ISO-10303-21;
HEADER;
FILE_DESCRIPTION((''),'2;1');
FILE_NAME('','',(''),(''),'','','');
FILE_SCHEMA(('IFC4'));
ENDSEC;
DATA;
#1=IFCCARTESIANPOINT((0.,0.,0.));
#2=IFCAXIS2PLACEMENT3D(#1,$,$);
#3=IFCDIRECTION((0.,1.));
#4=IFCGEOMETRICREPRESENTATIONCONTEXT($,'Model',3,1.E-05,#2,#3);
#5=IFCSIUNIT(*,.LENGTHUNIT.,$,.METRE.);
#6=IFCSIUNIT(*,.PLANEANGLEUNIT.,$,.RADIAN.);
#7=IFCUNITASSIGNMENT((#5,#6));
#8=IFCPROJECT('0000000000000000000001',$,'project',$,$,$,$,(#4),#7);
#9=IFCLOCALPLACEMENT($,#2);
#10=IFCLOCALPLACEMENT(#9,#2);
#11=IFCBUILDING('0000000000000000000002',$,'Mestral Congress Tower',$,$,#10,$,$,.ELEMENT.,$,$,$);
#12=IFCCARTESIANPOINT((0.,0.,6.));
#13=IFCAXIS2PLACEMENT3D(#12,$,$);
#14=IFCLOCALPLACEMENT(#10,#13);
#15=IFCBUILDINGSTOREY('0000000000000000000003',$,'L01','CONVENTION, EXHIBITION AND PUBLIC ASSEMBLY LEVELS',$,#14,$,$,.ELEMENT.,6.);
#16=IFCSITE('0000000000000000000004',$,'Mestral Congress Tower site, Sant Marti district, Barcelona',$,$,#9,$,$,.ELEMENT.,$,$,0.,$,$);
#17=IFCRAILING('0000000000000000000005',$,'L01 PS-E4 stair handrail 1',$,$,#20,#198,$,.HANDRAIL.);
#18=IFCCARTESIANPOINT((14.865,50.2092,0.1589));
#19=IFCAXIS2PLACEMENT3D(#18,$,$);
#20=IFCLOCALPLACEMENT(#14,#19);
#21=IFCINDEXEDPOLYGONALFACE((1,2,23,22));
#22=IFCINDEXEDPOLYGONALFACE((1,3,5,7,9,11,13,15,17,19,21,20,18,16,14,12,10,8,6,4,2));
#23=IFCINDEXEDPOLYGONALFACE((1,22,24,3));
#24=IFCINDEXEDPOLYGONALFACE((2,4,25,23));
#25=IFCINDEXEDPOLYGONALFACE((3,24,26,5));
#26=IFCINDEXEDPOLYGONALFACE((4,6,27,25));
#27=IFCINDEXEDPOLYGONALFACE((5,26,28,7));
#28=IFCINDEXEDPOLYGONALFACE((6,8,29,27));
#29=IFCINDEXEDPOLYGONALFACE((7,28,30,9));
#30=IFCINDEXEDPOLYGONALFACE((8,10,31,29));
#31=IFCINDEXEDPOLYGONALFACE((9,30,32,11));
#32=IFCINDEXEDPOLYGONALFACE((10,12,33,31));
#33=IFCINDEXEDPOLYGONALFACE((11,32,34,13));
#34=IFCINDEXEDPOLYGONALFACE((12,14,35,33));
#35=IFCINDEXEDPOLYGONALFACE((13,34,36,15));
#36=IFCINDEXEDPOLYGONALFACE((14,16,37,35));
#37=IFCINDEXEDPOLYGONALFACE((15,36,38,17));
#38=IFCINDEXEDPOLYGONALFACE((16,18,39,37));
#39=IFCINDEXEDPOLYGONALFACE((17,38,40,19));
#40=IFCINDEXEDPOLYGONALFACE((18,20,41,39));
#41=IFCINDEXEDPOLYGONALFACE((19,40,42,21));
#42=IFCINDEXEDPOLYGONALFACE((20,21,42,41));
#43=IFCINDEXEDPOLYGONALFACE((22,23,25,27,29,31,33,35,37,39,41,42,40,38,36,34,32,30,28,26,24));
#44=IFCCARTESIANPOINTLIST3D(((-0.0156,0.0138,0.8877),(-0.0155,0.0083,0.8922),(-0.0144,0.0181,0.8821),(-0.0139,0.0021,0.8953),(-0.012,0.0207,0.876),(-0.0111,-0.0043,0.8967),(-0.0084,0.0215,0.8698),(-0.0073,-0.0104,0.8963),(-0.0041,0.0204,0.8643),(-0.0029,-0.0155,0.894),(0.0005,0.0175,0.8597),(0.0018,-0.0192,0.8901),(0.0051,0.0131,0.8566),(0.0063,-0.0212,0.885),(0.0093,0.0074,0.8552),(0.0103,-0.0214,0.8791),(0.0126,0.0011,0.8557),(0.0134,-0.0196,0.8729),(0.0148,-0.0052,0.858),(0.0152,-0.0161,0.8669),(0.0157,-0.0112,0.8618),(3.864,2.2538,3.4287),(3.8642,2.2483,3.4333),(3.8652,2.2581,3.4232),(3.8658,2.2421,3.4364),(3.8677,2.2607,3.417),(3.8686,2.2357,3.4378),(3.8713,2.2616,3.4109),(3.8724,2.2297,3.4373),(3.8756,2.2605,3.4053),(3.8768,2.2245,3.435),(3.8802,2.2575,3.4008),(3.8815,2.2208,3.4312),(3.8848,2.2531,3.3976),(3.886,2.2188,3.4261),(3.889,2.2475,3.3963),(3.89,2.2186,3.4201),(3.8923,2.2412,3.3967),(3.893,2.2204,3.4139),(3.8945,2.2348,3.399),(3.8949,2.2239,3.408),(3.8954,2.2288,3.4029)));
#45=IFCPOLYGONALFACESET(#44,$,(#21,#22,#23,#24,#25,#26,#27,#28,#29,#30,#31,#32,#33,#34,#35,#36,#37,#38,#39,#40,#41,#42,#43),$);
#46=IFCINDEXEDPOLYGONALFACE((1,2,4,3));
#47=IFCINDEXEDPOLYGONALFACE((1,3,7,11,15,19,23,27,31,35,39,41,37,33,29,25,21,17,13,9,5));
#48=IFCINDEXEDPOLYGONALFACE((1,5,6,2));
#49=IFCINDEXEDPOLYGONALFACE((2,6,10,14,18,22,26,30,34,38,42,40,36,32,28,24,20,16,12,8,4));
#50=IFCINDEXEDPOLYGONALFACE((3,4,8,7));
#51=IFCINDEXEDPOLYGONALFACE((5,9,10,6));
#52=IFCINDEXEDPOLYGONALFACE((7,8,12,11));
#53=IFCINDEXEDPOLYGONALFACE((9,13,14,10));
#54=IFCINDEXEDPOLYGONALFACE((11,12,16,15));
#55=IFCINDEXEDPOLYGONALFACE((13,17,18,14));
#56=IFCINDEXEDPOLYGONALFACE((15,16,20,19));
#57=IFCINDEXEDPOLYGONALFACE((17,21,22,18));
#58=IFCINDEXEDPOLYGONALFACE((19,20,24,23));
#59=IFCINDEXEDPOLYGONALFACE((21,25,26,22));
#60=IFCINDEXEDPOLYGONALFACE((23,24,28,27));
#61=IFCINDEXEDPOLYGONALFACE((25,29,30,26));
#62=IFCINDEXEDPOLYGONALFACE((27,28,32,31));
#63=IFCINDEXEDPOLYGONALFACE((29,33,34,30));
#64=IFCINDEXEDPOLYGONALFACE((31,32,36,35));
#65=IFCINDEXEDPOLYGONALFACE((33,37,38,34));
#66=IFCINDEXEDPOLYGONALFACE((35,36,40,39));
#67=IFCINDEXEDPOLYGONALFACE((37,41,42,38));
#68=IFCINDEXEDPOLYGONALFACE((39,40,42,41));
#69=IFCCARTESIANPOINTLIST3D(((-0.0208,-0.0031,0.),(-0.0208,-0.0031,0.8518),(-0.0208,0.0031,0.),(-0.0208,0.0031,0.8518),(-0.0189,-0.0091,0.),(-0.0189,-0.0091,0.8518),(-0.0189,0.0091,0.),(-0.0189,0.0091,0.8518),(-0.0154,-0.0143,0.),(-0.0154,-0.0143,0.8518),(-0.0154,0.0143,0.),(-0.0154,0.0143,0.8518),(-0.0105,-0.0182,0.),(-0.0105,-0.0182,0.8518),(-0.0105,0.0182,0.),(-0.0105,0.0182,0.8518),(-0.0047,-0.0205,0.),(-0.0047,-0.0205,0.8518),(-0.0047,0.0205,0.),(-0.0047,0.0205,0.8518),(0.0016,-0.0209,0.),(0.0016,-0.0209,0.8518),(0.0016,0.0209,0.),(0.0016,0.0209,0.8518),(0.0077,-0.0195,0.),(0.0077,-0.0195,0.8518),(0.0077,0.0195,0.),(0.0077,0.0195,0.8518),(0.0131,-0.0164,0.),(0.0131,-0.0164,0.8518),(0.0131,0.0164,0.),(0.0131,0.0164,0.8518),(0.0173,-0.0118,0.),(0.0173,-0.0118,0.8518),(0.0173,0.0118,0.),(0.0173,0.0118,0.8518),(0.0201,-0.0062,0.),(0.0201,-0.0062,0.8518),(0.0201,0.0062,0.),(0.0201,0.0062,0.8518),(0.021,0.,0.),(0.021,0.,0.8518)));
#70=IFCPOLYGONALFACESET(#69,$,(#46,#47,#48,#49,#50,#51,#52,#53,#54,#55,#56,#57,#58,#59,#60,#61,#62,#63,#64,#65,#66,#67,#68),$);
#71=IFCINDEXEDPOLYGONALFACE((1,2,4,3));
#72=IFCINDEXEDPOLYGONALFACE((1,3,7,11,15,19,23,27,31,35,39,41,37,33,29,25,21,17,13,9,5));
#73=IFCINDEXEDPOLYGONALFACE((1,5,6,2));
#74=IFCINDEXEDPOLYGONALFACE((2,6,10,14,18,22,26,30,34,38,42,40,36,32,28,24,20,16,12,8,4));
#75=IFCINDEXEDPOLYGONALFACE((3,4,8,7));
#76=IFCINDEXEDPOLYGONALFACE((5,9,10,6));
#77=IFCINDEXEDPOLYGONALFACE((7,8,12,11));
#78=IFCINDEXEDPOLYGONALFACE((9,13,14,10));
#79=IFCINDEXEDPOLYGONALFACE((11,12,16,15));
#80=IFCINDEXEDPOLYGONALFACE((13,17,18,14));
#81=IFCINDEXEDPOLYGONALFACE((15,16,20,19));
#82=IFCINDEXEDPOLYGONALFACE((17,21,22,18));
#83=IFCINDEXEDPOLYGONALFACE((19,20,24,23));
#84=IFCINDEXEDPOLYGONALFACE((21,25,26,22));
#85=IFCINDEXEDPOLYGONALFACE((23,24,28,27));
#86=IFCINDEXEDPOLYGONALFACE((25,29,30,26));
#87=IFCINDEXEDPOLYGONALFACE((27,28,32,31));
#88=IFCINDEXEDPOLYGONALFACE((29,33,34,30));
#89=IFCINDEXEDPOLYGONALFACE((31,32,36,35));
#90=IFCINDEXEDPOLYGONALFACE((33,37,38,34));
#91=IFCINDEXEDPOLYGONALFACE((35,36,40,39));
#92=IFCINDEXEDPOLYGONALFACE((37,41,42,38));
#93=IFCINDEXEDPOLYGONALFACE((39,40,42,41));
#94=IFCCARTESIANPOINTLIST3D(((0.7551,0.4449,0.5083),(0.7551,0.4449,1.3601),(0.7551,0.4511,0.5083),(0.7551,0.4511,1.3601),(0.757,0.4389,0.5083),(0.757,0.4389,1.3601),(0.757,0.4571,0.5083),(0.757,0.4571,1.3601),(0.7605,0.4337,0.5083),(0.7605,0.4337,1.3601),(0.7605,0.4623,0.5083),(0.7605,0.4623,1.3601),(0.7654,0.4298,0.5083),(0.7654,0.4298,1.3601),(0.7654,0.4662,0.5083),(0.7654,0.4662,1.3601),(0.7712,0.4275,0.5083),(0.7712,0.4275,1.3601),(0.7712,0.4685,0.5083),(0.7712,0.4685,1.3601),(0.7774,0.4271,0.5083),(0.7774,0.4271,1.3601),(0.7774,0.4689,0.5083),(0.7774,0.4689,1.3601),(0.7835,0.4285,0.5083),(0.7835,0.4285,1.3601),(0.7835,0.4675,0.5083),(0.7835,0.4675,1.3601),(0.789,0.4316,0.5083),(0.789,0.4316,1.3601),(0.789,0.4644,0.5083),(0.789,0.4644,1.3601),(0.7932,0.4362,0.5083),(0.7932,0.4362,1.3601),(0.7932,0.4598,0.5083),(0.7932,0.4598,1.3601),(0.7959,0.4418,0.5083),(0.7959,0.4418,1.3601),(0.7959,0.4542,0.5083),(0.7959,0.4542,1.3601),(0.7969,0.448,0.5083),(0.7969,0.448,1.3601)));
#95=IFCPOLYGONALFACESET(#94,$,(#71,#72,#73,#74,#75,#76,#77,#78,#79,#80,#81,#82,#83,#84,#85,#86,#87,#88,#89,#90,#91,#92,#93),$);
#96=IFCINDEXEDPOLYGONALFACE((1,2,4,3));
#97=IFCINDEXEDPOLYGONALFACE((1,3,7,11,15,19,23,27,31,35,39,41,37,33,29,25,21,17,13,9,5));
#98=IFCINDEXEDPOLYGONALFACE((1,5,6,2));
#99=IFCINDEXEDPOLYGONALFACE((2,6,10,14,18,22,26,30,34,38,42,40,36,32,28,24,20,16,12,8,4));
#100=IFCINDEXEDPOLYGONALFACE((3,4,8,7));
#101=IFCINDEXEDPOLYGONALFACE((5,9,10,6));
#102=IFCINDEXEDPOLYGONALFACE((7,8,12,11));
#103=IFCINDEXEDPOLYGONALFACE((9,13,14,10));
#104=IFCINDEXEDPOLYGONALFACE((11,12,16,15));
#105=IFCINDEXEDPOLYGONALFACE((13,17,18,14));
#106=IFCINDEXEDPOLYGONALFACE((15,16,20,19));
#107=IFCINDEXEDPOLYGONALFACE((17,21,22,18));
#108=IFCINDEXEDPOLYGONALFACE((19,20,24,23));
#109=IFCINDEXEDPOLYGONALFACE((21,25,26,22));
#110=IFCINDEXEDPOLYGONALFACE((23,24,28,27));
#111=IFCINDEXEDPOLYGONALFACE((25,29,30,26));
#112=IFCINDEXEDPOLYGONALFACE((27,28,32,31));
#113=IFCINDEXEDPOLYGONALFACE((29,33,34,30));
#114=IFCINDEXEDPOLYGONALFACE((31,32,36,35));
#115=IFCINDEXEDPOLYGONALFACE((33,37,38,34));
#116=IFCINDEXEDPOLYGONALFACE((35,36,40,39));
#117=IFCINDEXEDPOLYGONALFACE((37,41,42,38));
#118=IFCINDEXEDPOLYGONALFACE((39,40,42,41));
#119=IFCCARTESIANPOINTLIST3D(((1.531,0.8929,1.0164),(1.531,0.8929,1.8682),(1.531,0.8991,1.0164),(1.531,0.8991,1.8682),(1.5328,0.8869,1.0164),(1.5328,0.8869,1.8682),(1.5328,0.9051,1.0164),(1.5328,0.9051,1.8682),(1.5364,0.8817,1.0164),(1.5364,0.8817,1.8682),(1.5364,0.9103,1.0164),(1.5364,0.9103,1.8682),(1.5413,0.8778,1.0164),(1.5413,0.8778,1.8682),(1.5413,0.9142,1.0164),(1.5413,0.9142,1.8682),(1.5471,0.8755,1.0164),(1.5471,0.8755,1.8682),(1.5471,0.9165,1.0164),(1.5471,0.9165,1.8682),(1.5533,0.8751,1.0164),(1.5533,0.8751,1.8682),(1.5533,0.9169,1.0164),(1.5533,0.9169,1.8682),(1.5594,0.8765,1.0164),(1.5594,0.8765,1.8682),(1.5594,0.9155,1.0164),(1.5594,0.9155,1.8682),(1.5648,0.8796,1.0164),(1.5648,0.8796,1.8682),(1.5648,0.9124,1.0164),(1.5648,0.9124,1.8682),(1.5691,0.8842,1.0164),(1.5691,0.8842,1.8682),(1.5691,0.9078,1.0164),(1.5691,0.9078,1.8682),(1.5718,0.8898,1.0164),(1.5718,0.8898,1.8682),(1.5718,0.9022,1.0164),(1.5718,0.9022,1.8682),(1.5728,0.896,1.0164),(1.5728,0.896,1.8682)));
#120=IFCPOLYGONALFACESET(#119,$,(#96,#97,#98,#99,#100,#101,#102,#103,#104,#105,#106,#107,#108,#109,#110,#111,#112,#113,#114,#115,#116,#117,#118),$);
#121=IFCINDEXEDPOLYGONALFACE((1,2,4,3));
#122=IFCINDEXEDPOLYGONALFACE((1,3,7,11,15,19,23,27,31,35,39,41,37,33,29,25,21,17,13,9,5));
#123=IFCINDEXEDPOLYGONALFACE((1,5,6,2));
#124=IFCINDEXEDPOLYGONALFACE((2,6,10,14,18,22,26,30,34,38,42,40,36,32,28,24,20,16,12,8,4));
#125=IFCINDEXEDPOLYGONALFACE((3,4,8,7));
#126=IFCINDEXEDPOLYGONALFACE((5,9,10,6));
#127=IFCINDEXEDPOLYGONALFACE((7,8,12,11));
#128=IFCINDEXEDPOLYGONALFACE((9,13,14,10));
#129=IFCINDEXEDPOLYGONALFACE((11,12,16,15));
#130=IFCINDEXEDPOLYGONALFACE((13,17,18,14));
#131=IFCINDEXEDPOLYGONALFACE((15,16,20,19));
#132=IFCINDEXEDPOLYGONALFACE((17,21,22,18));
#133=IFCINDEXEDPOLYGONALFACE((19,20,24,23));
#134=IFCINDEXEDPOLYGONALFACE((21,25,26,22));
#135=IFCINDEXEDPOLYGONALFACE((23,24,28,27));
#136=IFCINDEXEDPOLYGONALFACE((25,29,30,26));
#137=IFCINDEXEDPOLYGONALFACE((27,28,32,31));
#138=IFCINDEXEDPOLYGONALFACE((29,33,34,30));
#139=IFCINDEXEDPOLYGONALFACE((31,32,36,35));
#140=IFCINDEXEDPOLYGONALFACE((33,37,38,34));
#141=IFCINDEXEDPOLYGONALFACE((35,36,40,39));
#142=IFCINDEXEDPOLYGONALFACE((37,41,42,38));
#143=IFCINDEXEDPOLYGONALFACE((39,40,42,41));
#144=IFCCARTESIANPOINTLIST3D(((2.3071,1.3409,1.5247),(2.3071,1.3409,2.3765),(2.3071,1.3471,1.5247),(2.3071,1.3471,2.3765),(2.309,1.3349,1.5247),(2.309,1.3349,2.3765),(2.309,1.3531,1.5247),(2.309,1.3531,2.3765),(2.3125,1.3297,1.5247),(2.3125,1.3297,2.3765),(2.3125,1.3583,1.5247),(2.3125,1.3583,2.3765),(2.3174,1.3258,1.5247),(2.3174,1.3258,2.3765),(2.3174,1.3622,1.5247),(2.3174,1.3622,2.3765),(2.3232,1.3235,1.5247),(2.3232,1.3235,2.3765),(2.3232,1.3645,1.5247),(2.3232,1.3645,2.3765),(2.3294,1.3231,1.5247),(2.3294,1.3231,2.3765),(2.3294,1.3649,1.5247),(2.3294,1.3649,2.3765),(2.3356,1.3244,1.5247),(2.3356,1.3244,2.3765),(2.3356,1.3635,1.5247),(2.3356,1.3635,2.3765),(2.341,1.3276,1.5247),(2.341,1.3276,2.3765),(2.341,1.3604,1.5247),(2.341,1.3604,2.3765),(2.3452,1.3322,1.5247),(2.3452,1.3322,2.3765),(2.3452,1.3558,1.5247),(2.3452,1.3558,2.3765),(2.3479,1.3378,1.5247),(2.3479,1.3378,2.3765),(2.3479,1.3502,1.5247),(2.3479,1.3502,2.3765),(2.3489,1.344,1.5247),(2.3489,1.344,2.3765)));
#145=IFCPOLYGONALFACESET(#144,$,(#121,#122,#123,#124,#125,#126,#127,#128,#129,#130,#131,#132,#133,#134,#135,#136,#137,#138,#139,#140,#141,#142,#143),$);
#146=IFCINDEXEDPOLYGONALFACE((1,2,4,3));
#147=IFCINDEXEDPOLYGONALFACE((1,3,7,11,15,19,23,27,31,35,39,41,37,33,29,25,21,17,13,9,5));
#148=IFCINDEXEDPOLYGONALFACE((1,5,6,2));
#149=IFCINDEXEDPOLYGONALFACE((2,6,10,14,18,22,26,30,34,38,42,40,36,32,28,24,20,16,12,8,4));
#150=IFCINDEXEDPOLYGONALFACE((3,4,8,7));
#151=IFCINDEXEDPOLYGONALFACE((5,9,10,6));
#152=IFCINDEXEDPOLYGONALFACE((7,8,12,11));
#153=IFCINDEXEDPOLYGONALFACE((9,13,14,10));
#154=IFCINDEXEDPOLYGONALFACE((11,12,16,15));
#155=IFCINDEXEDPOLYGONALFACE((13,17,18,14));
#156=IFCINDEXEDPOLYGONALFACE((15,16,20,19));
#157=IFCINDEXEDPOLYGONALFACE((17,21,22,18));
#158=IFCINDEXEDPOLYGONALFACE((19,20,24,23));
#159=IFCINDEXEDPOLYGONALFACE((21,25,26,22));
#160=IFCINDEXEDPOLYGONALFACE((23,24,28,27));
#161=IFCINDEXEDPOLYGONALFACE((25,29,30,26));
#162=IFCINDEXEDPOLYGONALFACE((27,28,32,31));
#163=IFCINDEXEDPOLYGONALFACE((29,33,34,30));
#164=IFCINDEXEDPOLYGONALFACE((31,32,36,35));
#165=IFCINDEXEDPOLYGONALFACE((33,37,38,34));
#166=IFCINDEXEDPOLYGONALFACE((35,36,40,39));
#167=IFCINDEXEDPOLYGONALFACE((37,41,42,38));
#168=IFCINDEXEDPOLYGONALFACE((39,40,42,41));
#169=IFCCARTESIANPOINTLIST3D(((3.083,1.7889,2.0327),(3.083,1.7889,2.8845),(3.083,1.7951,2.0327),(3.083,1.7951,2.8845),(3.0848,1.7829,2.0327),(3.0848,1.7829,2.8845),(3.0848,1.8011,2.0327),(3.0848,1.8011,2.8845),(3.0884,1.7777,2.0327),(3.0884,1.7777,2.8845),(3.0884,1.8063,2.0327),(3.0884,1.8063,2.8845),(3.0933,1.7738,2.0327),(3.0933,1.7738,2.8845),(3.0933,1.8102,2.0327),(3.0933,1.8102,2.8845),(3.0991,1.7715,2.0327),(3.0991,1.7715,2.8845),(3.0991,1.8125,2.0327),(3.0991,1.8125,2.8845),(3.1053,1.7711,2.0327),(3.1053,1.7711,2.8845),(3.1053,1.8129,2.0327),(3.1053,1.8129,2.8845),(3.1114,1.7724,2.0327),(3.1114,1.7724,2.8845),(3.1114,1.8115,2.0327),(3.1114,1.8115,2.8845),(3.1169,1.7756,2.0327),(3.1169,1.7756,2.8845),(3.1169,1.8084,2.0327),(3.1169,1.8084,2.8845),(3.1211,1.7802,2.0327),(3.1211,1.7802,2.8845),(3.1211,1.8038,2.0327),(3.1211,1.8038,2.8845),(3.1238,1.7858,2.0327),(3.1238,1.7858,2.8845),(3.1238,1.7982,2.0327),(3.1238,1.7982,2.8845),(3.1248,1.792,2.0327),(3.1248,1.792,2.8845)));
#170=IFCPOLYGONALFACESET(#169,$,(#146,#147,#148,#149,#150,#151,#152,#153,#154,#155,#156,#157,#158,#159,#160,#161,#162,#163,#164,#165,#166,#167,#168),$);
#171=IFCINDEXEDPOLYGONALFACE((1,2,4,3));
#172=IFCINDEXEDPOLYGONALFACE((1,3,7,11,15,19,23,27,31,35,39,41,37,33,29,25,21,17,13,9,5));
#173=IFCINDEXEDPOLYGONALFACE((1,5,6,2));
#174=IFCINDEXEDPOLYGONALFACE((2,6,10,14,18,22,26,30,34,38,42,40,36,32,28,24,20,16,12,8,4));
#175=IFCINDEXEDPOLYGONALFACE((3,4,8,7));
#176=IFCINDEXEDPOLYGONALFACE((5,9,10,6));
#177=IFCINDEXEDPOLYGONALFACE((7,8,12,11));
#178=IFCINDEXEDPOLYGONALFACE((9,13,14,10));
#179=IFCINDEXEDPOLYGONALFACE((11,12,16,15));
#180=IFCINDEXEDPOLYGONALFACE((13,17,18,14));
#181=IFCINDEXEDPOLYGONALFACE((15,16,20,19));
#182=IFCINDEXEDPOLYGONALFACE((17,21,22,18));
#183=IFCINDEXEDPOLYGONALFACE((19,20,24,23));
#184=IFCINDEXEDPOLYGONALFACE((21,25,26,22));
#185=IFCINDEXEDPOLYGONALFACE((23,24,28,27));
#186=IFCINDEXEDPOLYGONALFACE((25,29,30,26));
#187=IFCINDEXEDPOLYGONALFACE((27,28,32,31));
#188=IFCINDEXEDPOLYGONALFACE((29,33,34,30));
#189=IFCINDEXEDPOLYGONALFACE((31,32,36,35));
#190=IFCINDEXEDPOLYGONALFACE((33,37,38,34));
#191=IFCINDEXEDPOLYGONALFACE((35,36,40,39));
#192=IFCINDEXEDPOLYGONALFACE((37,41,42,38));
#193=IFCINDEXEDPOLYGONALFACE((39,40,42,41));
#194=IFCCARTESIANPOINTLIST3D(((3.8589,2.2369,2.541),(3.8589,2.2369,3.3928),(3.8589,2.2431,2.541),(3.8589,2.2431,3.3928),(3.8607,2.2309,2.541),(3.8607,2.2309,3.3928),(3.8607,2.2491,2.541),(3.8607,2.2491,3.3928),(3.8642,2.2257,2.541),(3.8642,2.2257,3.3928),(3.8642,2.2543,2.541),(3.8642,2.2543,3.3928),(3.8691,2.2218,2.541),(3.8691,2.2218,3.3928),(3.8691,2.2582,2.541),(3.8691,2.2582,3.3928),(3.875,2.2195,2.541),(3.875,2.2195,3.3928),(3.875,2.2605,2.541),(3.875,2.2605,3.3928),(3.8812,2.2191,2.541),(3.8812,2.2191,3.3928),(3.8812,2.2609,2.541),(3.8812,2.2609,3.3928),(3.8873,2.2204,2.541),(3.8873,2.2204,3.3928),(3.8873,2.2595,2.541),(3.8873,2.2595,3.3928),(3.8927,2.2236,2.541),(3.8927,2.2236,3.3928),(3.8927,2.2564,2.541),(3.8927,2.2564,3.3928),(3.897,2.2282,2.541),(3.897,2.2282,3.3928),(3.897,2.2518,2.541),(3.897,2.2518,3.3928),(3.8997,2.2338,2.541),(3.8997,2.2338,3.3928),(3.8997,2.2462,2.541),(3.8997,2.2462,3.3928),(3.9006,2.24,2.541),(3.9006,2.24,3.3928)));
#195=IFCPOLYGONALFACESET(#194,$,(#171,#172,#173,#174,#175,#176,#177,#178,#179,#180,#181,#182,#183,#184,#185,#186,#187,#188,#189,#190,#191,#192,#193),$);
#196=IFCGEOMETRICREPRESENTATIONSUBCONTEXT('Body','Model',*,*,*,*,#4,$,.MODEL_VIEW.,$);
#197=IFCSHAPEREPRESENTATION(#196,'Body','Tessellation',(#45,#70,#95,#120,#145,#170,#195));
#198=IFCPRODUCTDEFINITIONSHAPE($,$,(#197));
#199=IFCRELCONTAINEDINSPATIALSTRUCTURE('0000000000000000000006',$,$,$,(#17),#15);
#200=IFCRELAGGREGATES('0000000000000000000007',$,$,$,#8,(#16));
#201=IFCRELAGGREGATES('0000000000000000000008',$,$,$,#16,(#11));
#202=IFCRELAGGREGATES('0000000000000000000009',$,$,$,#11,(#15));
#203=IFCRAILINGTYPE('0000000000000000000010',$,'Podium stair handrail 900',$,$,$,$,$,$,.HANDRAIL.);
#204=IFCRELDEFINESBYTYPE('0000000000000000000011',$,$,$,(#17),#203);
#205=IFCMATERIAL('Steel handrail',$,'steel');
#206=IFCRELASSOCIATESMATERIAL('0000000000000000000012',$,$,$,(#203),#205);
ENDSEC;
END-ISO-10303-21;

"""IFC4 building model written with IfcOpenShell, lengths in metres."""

from ifc_helpers import new_model, si_unit, direction, frame, origin, origin_2d, place, context, subcontext, project, spatial, circle, extrude, material, type_object, element, save


model = new_model("IFC4")

# Units and contexts
model_context = context("Model", 3, precision=1e-05, world=origin(), true_north=direction((0.0, 1.0)))
body_context = subcontext(model_context, "Body", "Model", "MODEL_VIEW")
ifc_project = project(units=[si_unit("LENGTHUNIT", "METRE"), si_unit("PLANEANGLEUNIT", "RADIAN")], contexts=[model_context])

# Site, building, storey
site_placement = place(None, origin())
site = spatial("IfcSite", under=ifc_project, at=site_placement, Name="Mestral Congress Tower site, Sant Marti district, Barcelona", CompositionType="ELEMENT", RefElevation=0.0)
building_placement = place(site_placement, origin())
building = spatial("IfcBuilding", under=site, at=building_placement, Name="Mestral Congress Tower", CompositionType="ELEMENT")
storey_placement = place(building_placement, frame((0.0, 0.0, 6.0)))
storey = spatial("IfcBuildingStorey", under=building, at=storey_placement, Name="L01", Description="CONVENTION, EXHIBITION AND PUBLIC ASSEMBLY LEVELS", CompositionType="ELEMENT", Elevation=6.0)

# Railing
ifc_material_1 = material(Name="Steel handrail", Category="steel")
railing_type_1 = type_object("IfcRailingType", Name="Podium stair handrail 900", PredefinedType="HANDRAIL", material=ifc_material_1)
railing_1_placement = place(storey_placement, frame((14.865, 50.2092, 0.1589)))
element("IfcRailing", 1, at=railing_1_placement, inside=storey, type_object=railing_type_1, Name="L01 PS-E4 stair handrail 1", PredefinedType="HANDRAIL", context=body_context, shape_type="SweptSolid", body=[
    extrude(circle(Radius=0.0239, at=origin_2d()), frame((0.0, 0.0, 0.876), z_axis=(0.753279, 0.434922, 0.493369), x_axis=(-0.500013, 0.866018, 0.0)), (0.0, 0.0, 1.0), 5.1504),
    extrude(circle(Radius=0.021, at=origin_2d()), origin(), (0.0, 0.0, 1.0), 0.8518),
    extrude(circle(Radius=0.021, at=origin_2d()), frame((0.7759, 0.448, 0.5083)), (0.0, 0.0, 1.0), 0.8518),
    extrude(circle(Radius=0.021, at=origin_2d()), frame((1.5518, 0.896, 1.0164)), (0.0, 0.0, 1.0), 0.8518),
    extrude(circle(Radius=0.021, at=origin_2d()), frame((2.3279, 1.344, 1.5247)), (0.0, 0.0, 1.0), 0.8518),
    extrude(circle(Radius=0.021, at=origin_2d()), frame((3.1038, 1.792, 2.0327)), (0.0, 0.0, 1.0), 0.8518),
    extrude(circle(Radius=0.021, at=origin_2d()), frame((3.8796, 2.24, 2.541)), (0.0, 0.0, 1.0), 0.8518),
])

save(model, "model.ifc")
